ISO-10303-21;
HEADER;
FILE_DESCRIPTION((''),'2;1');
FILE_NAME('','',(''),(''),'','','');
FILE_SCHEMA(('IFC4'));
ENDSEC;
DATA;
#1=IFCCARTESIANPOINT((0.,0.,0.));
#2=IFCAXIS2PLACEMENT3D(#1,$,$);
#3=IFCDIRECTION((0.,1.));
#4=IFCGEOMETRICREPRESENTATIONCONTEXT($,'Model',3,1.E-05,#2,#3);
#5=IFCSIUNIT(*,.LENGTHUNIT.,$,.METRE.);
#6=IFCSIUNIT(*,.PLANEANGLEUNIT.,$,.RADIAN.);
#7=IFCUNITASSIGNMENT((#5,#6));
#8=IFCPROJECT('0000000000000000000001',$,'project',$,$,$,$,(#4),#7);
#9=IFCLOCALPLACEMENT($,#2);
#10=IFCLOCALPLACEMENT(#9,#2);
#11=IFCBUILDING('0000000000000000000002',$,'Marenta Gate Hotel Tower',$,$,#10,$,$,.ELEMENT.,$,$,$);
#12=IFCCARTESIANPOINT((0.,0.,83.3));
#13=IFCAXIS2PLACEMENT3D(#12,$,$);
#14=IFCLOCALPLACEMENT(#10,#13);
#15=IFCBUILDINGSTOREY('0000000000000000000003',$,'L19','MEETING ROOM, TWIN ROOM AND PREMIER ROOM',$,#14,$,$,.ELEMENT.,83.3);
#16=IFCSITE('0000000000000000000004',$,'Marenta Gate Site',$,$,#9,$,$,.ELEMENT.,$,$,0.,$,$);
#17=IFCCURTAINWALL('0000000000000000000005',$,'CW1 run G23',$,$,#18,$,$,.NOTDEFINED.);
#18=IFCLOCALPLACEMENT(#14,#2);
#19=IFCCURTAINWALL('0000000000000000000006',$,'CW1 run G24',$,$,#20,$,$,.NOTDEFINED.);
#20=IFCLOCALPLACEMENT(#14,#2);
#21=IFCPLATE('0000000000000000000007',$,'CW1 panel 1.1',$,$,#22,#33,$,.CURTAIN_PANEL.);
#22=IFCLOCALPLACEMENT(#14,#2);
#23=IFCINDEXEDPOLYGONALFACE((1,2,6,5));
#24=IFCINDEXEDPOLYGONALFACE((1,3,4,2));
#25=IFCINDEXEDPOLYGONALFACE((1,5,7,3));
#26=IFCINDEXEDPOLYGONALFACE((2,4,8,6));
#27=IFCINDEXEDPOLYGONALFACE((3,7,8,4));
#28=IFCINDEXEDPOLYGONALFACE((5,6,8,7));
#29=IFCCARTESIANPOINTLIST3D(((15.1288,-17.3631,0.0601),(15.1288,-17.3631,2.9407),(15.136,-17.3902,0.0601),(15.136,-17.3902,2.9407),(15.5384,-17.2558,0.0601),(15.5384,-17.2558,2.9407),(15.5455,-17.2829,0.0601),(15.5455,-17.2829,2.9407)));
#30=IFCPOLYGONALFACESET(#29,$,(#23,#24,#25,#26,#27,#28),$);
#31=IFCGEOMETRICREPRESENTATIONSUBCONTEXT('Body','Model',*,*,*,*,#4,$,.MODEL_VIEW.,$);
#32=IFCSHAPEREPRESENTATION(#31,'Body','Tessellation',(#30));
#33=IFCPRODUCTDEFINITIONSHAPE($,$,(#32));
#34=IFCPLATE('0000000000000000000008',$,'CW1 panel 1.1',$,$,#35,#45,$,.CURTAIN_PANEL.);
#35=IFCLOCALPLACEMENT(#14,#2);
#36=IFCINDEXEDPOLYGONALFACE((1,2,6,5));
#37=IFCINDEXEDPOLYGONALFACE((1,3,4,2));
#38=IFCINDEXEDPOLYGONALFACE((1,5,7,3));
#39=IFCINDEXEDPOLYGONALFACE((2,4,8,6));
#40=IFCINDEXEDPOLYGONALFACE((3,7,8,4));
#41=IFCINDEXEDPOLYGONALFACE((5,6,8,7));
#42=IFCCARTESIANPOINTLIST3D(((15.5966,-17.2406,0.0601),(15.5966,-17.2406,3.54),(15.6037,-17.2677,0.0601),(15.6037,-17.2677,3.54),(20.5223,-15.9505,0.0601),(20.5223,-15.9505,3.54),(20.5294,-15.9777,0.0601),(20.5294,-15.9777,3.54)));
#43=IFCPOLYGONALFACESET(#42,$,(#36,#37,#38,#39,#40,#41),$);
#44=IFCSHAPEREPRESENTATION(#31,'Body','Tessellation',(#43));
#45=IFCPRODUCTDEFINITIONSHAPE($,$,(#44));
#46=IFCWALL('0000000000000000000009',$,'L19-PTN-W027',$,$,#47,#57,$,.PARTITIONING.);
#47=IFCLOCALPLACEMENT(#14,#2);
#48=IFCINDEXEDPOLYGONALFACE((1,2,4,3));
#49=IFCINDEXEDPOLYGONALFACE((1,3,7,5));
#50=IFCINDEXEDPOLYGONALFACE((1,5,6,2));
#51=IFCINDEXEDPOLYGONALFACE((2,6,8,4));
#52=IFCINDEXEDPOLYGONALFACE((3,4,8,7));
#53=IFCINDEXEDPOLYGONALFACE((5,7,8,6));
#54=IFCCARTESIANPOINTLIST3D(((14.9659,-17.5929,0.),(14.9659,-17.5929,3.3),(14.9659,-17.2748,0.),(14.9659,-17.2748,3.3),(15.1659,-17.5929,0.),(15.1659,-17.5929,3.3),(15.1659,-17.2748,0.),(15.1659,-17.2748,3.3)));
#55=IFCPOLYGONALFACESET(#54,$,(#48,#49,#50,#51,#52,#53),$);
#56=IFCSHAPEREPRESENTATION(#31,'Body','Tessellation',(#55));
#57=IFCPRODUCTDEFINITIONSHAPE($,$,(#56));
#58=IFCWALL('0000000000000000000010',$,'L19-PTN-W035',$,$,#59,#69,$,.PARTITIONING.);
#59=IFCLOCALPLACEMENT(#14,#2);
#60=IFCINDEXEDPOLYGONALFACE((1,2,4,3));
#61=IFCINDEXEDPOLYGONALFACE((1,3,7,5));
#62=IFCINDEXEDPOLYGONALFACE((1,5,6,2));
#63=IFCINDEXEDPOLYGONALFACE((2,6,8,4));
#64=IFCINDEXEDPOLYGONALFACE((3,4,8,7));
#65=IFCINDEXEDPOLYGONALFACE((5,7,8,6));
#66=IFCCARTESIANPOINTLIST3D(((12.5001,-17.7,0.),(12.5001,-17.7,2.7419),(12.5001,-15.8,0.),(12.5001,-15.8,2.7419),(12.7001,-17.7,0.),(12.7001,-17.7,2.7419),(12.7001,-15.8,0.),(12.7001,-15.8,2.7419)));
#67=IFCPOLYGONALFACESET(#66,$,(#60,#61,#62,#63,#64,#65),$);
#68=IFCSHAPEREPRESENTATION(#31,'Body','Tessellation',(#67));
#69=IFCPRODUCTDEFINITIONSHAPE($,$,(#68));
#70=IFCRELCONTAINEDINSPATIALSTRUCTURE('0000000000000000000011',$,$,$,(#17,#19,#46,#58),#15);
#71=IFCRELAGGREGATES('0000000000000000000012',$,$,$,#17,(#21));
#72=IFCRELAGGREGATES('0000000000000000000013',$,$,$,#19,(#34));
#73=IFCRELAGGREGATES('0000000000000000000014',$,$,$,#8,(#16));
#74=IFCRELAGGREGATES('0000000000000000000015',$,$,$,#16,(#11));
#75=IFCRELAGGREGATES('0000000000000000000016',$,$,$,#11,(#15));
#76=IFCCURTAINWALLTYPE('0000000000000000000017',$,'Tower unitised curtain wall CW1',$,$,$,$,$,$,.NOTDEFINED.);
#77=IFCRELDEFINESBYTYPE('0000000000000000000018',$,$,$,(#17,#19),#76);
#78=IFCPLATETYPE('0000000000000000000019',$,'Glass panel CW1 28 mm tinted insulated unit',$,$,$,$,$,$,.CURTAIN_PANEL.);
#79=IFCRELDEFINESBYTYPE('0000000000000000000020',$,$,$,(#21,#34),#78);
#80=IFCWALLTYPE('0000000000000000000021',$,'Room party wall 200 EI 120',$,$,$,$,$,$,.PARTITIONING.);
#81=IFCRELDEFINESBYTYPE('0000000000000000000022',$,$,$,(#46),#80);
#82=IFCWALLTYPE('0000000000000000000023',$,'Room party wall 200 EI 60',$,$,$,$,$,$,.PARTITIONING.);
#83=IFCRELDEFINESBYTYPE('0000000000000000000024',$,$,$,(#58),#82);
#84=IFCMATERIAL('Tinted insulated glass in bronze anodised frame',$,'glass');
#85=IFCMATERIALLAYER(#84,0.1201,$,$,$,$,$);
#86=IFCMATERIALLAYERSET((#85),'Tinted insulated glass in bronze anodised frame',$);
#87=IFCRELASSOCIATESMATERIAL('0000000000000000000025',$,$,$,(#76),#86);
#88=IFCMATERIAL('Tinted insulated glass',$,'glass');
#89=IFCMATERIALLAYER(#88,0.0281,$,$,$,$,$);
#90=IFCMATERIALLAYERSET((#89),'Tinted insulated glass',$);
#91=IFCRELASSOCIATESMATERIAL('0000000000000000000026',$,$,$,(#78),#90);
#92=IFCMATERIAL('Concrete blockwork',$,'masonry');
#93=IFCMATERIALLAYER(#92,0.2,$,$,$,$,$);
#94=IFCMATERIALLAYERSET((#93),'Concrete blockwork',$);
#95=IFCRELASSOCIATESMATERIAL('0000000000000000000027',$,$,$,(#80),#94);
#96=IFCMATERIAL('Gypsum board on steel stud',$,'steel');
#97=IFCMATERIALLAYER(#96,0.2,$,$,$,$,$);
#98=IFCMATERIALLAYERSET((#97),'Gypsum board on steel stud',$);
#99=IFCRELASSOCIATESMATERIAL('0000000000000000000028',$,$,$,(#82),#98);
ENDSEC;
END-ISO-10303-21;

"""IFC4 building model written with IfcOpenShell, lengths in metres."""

from ifc_helpers import new_model, si_unit, direction, frame, frame_2d, origin, origin_2d, place, context, subcontext, project, spatial, rectangle, extrude, material, layer, layer_set, type_object, element, aggregate, save


model = new_model("IFC4")

# Units and contexts
model_context = context("Model", 3, precision=1e-05, world=origin(), true_north=direction((0.0, 1.0)))
body_context = subcontext(model_context, "Body", "Model", "MODEL_VIEW")
ifc_project = project(units=[si_unit("LENGTHUNIT", "METRE"), si_unit("PLANEANGLEUNIT", "RADIAN")], contexts=[model_context])

# Site, building, storey
site_placement = place(None, origin())
site = spatial("IfcSite", under=ifc_project, at=site_placement, Name="Marenta Gate Site", CompositionType="ELEMENT", RefElevation=0.0)
building_placement = place(site_placement, origin())
building = spatial("IfcBuilding", under=site, at=building_placement, Name="Marenta Gate Hotel Tower", CompositionType="ELEMENT")
storey_placement = place(building_placement, frame((0.0, 0.0, 83.3)))
storey = spatial("IfcBuildingStorey", under=building, at=storey_placement, Name="L19", Description="MEETING ROOM, TWIN ROOM AND PREMIER ROOM", CompositionType="ELEMENT", Elevation=83.3)

# Curtain walls
ifc_material_1 = material(Name="Tinted insulated glass in bronze anodised frame", Category="glass")
ifc_layer_1 = layer(ifc_material_1, 0.1201)
ifc_layer_set_1 = layer_set([ifc_layer_1], Name="Tinted insulated glass in bronze anodised frame")
curtain_wall_type = type_object("IfcCurtainWallType", Name="Tower unitised curtain wall CW1", PredefinedType="NOTDEFINED", material=ifc_layer_set_1)
curtain_wall_1_placement = place(storey_placement, origin())
curtain_wall_1 = element("IfcCurtainWall", 1, at=curtain_wall_1_placement, inside=storey, type_object=curtain_wall_type, Name="CW1 run G23", PredefinedType="NOTDEFINED")
curtain_wall_2_placement = place(storey_placement, origin())
curtain_wall_2 = element("IfcCurtainWall", 2, at=curtain_wall_2_placement, inside=storey, type_object=curtain_wall_type, Name="CW1 run G24", PredefinedType="NOTDEFINED")

# Plates
ifc_material_2 = material(Name="Tinted insulated glass", Category="glass")
ifc_layer_2 = layer(ifc_material_2, 0.0281)
ifc_layer_set_2 = layer_set([ifc_layer_2], Name="Tinted insulated glass")
plate_type = type_object("IfcPlateType", Name="Glass panel CW1 28 mm tinted insulated unit", PredefinedType="CURTAIN_PANEL", material=ifc_layer_set_2)
plate_1_placement = place(storey_placement, frame((15.3372, -17.323, 0.0601), z_axis=(0.0, 0.0, 1.0), x_axis=(0.967355, 0.253424, 0.0)))
plate_1 = element("IfcPlate", 3, at=plate_1_placement, type_object=plate_type, Name="CW1 panel 1.1", PredefinedType="CURTAIN_PANEL", context=body_context, shape_type="SweptSolid", body=[
    extrude(rectangle(XDim=0.4233, YDim=0.0281, at=origin_2d()), origin(), (0.0, 0.0, 1.0), 2.8806),
])
aggregate(curtain_wall_1, [plate_1])
plate_2_placement = place(storey_placement, frame((18.063, -16.6091, 0.0601), z_axis=(0.0, 0.0, 1.0), x_axis=(0.967371, 0.253364, 0.0)))
plate_2 = element("IfcPlate", 4, at=plate_2_placement, type_object=plate_type, Name="CW1 panel 1.1", PredefinedType="CURTAIN_PANEL", context=body_context, shape_type="SweptSolid", body=[
    extrude(rectangle(XDim=5.0918, YDim=0.0281, at=origin_2d()), origin(), (0.0, 0.0, 1.0), 3.48),
])
aggregate(curtain_wall_2, [plate_2])

# Walls
ifc_material_3 = material(Name="Concrete blockwork", Category="masonry")
ifc_layer_3 = layer(ifc_material_3, 0.2)
ifc_layer_set_3 = layer_set([ifc_layer_3], Name="Concrete blockwork")
wall_type_1 = type_object("IfcWallType", Name="Room party wall 200 EI 120", PredefinedType="PARTITIONING", material=ifc_layer_set_3)
wall_1_placement = place(storey_placement, frame((15.0659, -17.593, 0.0), z_axis=(0.0, 0.0, 1.0), x_axis=(0.0, 1.0, 0.0)))
element("IfcWall", 5, at=wall_1_placement, inside=storey, type_object=wall_type_1, Name="L19-PTN-W027", PredefinedType="PARTITIONING", context=body_context, shape_type="SweptSolid", body=[
    extrude(rectangle(XDim=0.3181, YDim=0.2, at=frame_2d((0.1592, 0.0))), origin(), (0.0, 0.0, 1.0), 3.3),
])
ifc_material_4 = material(Name="Gypsum board on steel stud", Category="steel")
ifc_layer_4 = layer(ifc_material_4, 0.2)
ifc_layer_set_4 = layer_set([ifc_layer_4], Name="Gypsum board on steel stud")
wall_type_2 = type_object("IfcWallType", Name="Room party wall 200 EI 60", PredefinedType="PARTITIONING", material=ifc_layer_set_4)
wall_2_placement = place(storey_placement, frame((12.6001, -17.7, 0.0), z_axis=(0.0, 0.0, 1.0), x_axis=(0.0, 1.0, 0.0)))
element("IfcWall", 6, at=wall_2_placement, inside=storey, type_object=wall_type_2, Name="L19-PTN-W035", PredefinedType="PARTITIONING", context=body_context, shape_type="SweptSolid", body=[
    extrude(rectangle(XDim=1.8999, YDim=0.2, at=frame_2d((0.95, 0.0))), origin(), (0.0, 0.0, 1.0), 2.7419),
])

save(model, "model.ifc")
